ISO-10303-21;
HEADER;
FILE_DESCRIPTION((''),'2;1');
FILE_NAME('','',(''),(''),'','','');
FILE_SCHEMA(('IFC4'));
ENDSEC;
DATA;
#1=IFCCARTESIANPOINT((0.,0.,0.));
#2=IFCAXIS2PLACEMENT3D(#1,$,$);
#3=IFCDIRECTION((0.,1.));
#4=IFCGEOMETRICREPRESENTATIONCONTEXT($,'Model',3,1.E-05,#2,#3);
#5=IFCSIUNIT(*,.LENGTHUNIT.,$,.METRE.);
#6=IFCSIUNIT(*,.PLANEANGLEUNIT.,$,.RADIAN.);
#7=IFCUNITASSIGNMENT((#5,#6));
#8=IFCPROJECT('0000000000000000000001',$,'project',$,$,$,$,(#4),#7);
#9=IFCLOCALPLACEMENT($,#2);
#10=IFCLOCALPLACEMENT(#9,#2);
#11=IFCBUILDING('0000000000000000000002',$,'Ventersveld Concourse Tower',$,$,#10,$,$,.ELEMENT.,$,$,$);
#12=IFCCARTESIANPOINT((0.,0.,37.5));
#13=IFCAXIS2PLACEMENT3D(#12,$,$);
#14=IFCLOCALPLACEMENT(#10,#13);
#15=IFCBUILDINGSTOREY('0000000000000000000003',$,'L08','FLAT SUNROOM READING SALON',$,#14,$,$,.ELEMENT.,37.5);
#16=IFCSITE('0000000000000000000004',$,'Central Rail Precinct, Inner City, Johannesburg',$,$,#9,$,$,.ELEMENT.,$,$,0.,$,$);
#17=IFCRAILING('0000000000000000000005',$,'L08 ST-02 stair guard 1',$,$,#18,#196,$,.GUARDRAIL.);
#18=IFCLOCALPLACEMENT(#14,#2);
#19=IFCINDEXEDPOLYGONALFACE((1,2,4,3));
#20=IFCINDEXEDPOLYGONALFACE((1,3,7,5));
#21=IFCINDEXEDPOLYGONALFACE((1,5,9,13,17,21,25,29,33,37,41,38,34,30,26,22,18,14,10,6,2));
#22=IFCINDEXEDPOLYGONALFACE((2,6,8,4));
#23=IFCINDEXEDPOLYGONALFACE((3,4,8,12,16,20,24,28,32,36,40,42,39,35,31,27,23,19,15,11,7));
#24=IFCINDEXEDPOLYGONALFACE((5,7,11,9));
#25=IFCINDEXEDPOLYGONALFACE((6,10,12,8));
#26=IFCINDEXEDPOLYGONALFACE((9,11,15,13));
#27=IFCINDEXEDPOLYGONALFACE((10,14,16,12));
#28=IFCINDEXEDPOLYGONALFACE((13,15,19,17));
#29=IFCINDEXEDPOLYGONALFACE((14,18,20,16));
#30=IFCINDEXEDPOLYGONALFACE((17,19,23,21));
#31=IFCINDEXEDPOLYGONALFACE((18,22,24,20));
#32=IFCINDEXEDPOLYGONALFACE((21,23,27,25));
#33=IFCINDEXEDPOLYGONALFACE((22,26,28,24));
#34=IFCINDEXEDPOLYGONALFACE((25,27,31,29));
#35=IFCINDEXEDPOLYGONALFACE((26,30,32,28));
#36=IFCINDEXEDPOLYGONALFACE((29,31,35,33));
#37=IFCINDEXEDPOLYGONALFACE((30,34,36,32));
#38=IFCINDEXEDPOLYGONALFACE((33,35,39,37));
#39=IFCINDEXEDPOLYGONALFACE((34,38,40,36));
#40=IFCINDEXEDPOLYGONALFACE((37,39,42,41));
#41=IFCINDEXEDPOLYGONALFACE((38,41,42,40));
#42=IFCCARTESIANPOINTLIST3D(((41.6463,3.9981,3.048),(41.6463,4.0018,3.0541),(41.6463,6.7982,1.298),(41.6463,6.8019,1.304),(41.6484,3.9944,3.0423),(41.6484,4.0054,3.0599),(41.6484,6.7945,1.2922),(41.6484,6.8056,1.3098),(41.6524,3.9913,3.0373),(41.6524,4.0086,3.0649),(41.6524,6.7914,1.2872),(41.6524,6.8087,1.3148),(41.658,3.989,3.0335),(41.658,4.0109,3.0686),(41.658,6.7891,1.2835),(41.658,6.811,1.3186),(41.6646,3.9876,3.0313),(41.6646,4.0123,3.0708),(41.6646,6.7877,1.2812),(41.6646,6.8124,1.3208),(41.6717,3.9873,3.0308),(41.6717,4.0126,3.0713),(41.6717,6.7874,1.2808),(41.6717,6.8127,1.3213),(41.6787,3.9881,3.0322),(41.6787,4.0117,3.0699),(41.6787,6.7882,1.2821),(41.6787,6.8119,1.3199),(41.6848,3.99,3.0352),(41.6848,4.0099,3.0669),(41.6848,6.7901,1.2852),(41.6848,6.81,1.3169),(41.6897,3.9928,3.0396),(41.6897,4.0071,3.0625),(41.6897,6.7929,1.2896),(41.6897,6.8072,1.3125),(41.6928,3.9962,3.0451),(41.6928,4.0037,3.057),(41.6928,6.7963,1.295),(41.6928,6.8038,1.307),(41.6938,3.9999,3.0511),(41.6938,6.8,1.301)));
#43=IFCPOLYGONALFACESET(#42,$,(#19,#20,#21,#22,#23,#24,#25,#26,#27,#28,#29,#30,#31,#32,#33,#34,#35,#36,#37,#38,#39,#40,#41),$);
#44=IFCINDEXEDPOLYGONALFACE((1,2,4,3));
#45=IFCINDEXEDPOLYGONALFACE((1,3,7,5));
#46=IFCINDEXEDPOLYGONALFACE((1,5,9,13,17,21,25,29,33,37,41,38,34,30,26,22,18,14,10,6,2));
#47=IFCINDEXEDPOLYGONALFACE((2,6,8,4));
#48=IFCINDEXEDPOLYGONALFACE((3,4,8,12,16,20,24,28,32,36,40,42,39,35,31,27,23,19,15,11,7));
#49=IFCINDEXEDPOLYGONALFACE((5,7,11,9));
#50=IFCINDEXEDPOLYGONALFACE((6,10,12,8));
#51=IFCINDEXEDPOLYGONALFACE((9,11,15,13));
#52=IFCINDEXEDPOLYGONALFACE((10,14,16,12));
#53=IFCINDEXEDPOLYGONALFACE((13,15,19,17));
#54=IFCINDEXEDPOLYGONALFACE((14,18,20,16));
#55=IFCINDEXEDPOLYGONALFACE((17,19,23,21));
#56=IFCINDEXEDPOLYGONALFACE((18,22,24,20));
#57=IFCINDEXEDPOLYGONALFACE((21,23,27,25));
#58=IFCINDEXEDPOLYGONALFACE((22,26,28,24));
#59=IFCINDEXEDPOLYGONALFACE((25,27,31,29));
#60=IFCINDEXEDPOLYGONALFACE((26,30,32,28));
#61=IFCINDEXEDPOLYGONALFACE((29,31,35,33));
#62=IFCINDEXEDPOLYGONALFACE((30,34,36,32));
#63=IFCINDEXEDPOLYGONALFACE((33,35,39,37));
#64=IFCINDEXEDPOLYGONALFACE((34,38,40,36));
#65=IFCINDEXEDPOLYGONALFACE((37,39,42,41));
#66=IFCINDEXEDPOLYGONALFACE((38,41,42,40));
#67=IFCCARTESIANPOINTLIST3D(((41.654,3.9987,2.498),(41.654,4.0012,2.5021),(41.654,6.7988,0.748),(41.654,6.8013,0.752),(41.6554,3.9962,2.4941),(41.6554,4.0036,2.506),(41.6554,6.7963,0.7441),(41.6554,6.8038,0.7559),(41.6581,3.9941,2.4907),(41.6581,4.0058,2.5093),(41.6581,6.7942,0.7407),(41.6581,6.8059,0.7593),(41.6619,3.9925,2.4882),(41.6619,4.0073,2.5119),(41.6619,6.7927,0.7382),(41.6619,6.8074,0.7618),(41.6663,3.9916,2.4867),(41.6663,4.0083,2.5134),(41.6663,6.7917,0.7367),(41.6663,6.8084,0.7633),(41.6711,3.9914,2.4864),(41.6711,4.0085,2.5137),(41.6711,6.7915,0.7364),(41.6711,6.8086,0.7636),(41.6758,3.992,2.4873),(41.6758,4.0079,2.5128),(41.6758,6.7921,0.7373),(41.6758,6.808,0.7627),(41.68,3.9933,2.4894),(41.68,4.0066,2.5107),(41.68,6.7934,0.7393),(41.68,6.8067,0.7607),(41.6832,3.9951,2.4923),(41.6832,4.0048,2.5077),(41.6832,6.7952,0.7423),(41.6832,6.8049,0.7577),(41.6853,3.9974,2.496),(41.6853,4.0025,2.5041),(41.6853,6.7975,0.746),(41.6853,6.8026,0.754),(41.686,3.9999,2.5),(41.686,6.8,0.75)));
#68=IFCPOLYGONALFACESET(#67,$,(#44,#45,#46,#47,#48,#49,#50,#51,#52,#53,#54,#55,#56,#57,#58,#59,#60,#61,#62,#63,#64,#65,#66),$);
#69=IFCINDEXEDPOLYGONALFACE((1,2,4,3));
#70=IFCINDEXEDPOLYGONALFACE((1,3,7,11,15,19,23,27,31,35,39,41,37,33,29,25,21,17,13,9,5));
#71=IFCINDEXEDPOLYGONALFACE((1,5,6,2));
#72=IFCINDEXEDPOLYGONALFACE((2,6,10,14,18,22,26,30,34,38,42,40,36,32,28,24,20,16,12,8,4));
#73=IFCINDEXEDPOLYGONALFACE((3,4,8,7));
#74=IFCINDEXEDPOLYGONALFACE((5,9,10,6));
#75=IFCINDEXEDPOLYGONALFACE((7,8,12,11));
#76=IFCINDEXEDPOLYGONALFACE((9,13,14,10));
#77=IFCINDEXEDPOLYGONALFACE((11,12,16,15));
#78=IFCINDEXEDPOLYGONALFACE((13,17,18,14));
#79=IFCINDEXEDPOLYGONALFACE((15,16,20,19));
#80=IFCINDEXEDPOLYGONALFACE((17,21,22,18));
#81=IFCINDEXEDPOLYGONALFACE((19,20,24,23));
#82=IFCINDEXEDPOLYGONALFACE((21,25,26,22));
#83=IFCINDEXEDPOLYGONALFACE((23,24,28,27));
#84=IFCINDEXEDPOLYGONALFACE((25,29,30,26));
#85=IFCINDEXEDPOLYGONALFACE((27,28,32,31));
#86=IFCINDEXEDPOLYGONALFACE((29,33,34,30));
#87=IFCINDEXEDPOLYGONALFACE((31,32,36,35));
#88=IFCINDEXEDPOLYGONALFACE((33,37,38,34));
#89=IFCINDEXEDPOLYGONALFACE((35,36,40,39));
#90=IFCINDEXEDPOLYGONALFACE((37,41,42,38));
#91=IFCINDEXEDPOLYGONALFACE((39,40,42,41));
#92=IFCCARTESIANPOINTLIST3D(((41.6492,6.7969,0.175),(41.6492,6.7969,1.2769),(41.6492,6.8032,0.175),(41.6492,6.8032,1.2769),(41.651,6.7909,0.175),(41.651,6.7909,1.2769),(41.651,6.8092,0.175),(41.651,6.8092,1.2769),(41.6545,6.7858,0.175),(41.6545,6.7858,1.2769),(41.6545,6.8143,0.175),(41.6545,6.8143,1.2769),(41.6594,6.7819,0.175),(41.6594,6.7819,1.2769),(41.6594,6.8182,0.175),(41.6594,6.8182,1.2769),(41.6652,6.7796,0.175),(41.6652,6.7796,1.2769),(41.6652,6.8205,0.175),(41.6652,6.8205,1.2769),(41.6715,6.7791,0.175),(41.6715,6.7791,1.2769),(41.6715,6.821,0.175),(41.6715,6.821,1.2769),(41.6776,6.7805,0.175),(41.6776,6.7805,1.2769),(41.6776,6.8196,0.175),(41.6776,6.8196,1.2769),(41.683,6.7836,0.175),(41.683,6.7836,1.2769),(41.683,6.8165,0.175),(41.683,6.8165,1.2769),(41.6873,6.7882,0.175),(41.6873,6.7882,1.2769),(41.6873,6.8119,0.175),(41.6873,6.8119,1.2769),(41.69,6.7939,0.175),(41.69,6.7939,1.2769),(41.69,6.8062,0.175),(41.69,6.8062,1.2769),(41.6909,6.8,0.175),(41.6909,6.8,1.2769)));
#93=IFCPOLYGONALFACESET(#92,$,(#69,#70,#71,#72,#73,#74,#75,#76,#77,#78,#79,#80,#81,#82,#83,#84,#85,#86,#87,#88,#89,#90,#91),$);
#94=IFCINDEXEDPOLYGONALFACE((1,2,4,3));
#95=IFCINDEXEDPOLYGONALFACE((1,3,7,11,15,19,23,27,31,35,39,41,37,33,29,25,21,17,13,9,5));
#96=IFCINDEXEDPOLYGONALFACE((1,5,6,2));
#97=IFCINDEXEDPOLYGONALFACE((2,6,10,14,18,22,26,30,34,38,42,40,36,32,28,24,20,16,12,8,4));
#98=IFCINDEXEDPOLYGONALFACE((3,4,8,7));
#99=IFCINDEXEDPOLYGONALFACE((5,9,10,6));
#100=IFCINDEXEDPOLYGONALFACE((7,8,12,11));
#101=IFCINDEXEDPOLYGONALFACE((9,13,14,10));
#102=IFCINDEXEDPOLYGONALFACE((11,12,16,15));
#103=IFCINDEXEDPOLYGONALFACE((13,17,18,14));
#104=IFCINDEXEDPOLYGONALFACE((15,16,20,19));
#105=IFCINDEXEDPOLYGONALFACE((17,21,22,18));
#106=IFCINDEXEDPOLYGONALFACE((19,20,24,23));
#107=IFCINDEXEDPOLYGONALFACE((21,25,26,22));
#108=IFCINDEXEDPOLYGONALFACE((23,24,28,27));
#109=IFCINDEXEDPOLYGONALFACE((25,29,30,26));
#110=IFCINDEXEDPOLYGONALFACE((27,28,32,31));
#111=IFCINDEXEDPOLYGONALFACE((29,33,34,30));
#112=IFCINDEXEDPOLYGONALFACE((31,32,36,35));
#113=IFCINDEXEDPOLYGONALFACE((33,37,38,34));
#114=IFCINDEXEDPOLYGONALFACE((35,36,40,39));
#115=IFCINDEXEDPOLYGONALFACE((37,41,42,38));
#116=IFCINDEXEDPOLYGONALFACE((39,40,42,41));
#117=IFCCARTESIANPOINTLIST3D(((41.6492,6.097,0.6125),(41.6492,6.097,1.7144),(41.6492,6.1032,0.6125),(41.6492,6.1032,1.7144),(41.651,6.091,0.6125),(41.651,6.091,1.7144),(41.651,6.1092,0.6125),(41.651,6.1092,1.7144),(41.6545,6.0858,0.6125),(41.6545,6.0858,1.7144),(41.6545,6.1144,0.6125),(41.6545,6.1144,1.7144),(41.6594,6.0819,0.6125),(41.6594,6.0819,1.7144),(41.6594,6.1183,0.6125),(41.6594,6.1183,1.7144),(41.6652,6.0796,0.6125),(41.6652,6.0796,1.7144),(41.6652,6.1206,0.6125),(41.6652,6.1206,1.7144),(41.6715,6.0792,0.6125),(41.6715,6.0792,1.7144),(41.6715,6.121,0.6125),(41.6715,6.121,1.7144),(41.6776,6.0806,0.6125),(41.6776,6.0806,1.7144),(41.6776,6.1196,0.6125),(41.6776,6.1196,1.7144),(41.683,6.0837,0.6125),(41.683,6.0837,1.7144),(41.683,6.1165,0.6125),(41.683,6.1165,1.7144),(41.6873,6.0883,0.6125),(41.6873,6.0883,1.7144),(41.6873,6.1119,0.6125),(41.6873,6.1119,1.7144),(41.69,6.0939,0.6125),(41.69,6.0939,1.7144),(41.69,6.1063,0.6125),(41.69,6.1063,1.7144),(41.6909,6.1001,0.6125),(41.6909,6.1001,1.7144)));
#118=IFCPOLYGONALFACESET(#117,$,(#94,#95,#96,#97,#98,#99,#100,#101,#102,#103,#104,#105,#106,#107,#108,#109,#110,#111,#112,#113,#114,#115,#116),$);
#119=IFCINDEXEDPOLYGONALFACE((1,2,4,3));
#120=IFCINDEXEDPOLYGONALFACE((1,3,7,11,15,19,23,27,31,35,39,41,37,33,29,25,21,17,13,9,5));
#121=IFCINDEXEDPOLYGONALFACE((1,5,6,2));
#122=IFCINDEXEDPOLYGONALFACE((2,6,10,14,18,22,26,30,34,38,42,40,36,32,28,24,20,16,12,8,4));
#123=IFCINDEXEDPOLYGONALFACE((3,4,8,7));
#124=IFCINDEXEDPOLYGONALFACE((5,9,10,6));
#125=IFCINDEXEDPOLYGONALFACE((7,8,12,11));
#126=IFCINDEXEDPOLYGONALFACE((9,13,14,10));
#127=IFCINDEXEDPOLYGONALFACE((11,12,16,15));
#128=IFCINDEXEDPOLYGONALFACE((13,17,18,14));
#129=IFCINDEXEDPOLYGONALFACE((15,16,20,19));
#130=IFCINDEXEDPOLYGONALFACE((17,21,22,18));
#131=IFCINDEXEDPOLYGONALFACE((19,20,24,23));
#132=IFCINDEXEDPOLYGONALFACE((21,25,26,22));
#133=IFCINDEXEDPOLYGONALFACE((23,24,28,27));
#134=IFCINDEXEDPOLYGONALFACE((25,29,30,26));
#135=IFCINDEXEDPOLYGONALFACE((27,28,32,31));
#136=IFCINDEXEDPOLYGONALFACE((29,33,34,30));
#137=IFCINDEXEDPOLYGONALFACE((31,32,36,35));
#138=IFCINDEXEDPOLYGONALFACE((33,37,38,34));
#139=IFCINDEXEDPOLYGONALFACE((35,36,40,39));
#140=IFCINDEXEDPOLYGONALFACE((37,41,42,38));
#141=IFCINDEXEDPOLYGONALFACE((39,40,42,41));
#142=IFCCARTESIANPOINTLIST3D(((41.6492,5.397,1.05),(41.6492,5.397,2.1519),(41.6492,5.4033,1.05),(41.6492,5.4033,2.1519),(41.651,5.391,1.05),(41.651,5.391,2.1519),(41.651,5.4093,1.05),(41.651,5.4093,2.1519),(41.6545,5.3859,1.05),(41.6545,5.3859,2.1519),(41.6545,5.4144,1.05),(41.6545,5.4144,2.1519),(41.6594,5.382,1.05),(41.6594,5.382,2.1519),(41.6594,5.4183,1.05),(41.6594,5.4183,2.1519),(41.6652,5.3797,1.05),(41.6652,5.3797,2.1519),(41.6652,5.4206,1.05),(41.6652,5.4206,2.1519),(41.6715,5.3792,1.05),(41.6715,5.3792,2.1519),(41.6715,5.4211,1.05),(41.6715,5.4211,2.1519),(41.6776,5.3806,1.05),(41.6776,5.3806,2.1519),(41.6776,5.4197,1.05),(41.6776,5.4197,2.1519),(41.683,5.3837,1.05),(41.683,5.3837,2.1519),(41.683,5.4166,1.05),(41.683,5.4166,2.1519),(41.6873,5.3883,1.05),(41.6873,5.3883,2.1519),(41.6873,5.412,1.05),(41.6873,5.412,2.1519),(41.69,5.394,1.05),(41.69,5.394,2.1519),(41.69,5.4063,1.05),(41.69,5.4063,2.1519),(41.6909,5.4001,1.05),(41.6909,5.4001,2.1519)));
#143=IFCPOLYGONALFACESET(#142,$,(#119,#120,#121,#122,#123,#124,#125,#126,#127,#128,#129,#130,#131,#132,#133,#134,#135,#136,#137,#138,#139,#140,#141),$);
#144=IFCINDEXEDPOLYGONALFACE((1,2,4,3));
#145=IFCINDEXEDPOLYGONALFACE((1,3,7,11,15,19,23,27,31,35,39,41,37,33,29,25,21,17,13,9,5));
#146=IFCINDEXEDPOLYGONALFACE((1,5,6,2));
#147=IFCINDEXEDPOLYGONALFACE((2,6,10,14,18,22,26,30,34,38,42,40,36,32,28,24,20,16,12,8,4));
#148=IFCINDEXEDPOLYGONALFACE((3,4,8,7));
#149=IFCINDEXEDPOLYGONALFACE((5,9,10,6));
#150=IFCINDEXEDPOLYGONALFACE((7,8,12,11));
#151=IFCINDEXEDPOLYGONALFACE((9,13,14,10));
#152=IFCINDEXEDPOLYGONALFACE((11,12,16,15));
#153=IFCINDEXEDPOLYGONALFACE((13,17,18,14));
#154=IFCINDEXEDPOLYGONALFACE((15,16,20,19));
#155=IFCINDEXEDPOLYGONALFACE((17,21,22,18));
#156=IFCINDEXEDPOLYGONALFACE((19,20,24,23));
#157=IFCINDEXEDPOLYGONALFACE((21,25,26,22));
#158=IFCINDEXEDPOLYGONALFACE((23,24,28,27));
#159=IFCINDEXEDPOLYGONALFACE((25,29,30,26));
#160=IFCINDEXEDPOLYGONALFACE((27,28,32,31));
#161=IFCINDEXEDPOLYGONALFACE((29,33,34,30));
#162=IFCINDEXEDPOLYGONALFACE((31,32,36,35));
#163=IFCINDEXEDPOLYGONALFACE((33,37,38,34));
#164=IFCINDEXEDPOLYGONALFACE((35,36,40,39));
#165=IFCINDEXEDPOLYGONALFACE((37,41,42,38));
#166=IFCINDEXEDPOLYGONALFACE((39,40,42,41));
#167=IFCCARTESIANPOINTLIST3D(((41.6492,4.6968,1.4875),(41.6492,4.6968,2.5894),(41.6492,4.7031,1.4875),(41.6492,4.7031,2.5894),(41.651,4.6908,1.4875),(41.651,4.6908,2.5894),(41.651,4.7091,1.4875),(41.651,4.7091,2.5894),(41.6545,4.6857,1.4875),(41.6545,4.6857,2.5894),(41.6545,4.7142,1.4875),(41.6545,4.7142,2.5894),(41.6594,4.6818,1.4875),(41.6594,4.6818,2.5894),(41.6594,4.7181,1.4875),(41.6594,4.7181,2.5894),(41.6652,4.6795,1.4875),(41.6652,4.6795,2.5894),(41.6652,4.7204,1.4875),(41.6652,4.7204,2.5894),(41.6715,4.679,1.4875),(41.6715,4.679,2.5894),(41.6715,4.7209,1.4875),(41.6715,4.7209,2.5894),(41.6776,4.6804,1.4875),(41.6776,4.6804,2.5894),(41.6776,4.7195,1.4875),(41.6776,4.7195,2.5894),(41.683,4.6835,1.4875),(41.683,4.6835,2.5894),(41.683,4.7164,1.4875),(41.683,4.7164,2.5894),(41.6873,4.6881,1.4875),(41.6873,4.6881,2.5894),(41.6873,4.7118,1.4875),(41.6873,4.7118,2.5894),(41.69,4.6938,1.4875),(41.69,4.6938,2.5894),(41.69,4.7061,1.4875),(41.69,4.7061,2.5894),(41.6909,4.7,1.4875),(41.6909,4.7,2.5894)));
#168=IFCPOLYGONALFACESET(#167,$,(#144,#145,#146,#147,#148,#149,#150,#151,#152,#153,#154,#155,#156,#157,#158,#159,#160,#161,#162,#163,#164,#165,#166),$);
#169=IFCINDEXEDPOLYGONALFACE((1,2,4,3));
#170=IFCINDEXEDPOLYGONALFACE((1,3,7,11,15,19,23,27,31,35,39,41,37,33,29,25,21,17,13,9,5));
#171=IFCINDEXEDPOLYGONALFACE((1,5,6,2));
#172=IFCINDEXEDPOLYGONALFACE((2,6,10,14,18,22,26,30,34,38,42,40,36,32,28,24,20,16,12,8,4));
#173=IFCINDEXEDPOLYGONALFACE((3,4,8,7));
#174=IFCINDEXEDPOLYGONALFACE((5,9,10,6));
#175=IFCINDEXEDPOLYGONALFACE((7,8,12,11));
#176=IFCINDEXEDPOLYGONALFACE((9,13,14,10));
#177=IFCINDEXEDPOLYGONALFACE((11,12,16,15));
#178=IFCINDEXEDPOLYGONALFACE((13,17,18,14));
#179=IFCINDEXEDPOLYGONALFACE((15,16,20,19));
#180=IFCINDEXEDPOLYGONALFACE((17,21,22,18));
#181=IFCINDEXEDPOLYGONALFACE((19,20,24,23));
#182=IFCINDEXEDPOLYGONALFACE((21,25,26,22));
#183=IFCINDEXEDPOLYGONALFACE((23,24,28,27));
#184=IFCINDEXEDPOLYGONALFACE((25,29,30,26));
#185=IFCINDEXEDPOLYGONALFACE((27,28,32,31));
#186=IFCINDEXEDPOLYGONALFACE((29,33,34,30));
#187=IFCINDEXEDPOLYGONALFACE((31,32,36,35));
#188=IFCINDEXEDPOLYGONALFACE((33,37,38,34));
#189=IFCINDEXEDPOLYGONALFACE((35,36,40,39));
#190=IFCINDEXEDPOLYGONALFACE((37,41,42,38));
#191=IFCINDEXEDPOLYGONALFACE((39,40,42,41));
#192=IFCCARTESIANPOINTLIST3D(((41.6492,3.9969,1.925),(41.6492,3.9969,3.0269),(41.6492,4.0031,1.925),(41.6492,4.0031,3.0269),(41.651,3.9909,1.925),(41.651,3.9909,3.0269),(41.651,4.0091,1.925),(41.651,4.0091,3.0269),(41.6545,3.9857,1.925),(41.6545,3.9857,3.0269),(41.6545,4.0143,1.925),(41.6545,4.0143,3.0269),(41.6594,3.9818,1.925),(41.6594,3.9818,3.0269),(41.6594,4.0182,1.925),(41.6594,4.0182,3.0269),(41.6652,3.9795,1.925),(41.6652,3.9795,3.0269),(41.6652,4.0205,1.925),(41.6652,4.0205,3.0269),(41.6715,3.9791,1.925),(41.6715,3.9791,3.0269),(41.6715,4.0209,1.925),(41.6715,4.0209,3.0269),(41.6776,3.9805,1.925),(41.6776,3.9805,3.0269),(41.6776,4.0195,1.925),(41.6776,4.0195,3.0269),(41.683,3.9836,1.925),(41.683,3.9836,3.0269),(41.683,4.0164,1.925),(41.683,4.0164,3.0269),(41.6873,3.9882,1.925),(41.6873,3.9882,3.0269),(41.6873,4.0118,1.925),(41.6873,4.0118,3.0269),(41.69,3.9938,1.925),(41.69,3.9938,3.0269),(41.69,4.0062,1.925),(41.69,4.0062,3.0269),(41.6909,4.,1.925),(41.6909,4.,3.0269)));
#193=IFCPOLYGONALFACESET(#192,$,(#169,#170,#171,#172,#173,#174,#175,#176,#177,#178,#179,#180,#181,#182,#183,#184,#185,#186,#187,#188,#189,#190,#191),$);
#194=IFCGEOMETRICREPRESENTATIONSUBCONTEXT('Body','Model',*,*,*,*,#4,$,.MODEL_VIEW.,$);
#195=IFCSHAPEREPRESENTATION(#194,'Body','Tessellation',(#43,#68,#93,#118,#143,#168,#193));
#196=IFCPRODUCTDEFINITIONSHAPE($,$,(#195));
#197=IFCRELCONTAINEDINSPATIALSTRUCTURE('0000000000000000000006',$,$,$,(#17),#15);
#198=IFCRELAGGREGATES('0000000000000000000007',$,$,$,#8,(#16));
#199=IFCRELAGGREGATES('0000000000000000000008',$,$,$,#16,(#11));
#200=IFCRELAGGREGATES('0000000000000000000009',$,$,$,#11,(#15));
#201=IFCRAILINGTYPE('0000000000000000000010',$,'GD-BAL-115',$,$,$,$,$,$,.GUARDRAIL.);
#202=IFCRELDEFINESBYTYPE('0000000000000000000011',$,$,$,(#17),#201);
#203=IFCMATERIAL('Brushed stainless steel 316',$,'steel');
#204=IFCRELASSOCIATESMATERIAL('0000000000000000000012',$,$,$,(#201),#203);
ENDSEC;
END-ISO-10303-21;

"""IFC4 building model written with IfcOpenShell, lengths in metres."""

from ifc_helpers import new_model, si_unit, direction, frame, origin, origin_2d, place, context, subcontext, project, spatial, circle, extrude, material, type_object, element, save


model = new_model("IFC4")

# Units and contexts
model_context = context("Model", 3, precision=1e-05, world=origin(), true_north=direction((0.0, 1.0)))
body_context = subcontext(model_context, "Body", "Model", "MODEL_VIEW")
ifc_project = project(units=[si_unit("LENGTHUNIT", "METRE"), si_unit("PLANEANGLEUNIT", "RADIAN")], contexts=[model_context])

# Site, building, storey
site_placement = place(None, origin())
site = spatial("IfcSite", under=ifc_project, at=site_placement, Name="Central Rail Precinct, Inner City, Johannesburg", CompositionType="ELEMENT", RefElevation=0.0)
building_placement = place(site_placement, origin())
building = spatial("IfcBuilding", under=site, at=building_placement, Name="Ventersveld Concourse Tower", CompositionType="ELEMENT")
storey_placement = place(building_placement, frame((0.0, 0.0, 37.5)))
storey = spatial("IfcBuildingStorey", under=building, at=storey_placement, Name="L08", Description="FLAT SUNROOM READING SALON", CompositionType="ELEMENT", Elevation=37.5)

# Railing
ifc_material_1 = material(Name="Brushed stainless steel 316", Category="steel")
railing_type_1 = type_object("IfcRailingType", Name="GD-BAL-115", PredefinedType="GUARDRAIL", material=ifc_material_1)
railing_1_placement = place(storey_placement, frame((41.6699, 6.8, 0.175)))
element("IfcRailing", 1, at=railing_1_placement, inside=storey, type_object=railing_type_1, Name="L08 ST-02 stair guard 1", PredefinedType="GUARDRAIL", context=body_context, shape_type="SweptSolid", body=[
    extrude(circle(Radius=0.0239, at=origin_2d()), frame((0.0, 0.0, 1.126), z_axis=(0.0, -0.848002, 0.529992), x_axis=(1.0, 0.0, 0.0)), (0.0, 0.0, 1.0), 3.302),
    extrude(circle(Radius=0.0161, at=origin_2d()), frame((0.0, 0.0, 0.575), z_axis=(0.0, -0.848002, 0.529992), x_axis=(1.0, 0.0, 0.0)), (0.0, 0.0, 1.0), 3.302),
    extrude(circle(Radius=0.021, at=origin_2d()), origin(), (0.0, 0.0, 1.0), 1.1018),
    extrude(circle(Radius=0.021, at=origin_2d()), frame((0.0, -0.7, 0.4375)), (0.0, 0.0, 1.0), 1.1018),
    extrude(circle(Radius=0.021, at=origin_2d()), frame((0.0, -1.3999, 0.875)), (0.0, 0.0, 1.0), 1.1018),
    extrude(circle(Radius=0.021, at=origin_2d()), frame((0.0, -2.1001, 1.3125)), (0.0, 0.0, 1.0), 1.1018),
    extrude(circle(Radius=0.021, at=origin_2d()), frame((0.0, -2.8, 1.75)), (0.0, 0.0, 1.0), 1.1018),
])

save(model, "model.ifc")
